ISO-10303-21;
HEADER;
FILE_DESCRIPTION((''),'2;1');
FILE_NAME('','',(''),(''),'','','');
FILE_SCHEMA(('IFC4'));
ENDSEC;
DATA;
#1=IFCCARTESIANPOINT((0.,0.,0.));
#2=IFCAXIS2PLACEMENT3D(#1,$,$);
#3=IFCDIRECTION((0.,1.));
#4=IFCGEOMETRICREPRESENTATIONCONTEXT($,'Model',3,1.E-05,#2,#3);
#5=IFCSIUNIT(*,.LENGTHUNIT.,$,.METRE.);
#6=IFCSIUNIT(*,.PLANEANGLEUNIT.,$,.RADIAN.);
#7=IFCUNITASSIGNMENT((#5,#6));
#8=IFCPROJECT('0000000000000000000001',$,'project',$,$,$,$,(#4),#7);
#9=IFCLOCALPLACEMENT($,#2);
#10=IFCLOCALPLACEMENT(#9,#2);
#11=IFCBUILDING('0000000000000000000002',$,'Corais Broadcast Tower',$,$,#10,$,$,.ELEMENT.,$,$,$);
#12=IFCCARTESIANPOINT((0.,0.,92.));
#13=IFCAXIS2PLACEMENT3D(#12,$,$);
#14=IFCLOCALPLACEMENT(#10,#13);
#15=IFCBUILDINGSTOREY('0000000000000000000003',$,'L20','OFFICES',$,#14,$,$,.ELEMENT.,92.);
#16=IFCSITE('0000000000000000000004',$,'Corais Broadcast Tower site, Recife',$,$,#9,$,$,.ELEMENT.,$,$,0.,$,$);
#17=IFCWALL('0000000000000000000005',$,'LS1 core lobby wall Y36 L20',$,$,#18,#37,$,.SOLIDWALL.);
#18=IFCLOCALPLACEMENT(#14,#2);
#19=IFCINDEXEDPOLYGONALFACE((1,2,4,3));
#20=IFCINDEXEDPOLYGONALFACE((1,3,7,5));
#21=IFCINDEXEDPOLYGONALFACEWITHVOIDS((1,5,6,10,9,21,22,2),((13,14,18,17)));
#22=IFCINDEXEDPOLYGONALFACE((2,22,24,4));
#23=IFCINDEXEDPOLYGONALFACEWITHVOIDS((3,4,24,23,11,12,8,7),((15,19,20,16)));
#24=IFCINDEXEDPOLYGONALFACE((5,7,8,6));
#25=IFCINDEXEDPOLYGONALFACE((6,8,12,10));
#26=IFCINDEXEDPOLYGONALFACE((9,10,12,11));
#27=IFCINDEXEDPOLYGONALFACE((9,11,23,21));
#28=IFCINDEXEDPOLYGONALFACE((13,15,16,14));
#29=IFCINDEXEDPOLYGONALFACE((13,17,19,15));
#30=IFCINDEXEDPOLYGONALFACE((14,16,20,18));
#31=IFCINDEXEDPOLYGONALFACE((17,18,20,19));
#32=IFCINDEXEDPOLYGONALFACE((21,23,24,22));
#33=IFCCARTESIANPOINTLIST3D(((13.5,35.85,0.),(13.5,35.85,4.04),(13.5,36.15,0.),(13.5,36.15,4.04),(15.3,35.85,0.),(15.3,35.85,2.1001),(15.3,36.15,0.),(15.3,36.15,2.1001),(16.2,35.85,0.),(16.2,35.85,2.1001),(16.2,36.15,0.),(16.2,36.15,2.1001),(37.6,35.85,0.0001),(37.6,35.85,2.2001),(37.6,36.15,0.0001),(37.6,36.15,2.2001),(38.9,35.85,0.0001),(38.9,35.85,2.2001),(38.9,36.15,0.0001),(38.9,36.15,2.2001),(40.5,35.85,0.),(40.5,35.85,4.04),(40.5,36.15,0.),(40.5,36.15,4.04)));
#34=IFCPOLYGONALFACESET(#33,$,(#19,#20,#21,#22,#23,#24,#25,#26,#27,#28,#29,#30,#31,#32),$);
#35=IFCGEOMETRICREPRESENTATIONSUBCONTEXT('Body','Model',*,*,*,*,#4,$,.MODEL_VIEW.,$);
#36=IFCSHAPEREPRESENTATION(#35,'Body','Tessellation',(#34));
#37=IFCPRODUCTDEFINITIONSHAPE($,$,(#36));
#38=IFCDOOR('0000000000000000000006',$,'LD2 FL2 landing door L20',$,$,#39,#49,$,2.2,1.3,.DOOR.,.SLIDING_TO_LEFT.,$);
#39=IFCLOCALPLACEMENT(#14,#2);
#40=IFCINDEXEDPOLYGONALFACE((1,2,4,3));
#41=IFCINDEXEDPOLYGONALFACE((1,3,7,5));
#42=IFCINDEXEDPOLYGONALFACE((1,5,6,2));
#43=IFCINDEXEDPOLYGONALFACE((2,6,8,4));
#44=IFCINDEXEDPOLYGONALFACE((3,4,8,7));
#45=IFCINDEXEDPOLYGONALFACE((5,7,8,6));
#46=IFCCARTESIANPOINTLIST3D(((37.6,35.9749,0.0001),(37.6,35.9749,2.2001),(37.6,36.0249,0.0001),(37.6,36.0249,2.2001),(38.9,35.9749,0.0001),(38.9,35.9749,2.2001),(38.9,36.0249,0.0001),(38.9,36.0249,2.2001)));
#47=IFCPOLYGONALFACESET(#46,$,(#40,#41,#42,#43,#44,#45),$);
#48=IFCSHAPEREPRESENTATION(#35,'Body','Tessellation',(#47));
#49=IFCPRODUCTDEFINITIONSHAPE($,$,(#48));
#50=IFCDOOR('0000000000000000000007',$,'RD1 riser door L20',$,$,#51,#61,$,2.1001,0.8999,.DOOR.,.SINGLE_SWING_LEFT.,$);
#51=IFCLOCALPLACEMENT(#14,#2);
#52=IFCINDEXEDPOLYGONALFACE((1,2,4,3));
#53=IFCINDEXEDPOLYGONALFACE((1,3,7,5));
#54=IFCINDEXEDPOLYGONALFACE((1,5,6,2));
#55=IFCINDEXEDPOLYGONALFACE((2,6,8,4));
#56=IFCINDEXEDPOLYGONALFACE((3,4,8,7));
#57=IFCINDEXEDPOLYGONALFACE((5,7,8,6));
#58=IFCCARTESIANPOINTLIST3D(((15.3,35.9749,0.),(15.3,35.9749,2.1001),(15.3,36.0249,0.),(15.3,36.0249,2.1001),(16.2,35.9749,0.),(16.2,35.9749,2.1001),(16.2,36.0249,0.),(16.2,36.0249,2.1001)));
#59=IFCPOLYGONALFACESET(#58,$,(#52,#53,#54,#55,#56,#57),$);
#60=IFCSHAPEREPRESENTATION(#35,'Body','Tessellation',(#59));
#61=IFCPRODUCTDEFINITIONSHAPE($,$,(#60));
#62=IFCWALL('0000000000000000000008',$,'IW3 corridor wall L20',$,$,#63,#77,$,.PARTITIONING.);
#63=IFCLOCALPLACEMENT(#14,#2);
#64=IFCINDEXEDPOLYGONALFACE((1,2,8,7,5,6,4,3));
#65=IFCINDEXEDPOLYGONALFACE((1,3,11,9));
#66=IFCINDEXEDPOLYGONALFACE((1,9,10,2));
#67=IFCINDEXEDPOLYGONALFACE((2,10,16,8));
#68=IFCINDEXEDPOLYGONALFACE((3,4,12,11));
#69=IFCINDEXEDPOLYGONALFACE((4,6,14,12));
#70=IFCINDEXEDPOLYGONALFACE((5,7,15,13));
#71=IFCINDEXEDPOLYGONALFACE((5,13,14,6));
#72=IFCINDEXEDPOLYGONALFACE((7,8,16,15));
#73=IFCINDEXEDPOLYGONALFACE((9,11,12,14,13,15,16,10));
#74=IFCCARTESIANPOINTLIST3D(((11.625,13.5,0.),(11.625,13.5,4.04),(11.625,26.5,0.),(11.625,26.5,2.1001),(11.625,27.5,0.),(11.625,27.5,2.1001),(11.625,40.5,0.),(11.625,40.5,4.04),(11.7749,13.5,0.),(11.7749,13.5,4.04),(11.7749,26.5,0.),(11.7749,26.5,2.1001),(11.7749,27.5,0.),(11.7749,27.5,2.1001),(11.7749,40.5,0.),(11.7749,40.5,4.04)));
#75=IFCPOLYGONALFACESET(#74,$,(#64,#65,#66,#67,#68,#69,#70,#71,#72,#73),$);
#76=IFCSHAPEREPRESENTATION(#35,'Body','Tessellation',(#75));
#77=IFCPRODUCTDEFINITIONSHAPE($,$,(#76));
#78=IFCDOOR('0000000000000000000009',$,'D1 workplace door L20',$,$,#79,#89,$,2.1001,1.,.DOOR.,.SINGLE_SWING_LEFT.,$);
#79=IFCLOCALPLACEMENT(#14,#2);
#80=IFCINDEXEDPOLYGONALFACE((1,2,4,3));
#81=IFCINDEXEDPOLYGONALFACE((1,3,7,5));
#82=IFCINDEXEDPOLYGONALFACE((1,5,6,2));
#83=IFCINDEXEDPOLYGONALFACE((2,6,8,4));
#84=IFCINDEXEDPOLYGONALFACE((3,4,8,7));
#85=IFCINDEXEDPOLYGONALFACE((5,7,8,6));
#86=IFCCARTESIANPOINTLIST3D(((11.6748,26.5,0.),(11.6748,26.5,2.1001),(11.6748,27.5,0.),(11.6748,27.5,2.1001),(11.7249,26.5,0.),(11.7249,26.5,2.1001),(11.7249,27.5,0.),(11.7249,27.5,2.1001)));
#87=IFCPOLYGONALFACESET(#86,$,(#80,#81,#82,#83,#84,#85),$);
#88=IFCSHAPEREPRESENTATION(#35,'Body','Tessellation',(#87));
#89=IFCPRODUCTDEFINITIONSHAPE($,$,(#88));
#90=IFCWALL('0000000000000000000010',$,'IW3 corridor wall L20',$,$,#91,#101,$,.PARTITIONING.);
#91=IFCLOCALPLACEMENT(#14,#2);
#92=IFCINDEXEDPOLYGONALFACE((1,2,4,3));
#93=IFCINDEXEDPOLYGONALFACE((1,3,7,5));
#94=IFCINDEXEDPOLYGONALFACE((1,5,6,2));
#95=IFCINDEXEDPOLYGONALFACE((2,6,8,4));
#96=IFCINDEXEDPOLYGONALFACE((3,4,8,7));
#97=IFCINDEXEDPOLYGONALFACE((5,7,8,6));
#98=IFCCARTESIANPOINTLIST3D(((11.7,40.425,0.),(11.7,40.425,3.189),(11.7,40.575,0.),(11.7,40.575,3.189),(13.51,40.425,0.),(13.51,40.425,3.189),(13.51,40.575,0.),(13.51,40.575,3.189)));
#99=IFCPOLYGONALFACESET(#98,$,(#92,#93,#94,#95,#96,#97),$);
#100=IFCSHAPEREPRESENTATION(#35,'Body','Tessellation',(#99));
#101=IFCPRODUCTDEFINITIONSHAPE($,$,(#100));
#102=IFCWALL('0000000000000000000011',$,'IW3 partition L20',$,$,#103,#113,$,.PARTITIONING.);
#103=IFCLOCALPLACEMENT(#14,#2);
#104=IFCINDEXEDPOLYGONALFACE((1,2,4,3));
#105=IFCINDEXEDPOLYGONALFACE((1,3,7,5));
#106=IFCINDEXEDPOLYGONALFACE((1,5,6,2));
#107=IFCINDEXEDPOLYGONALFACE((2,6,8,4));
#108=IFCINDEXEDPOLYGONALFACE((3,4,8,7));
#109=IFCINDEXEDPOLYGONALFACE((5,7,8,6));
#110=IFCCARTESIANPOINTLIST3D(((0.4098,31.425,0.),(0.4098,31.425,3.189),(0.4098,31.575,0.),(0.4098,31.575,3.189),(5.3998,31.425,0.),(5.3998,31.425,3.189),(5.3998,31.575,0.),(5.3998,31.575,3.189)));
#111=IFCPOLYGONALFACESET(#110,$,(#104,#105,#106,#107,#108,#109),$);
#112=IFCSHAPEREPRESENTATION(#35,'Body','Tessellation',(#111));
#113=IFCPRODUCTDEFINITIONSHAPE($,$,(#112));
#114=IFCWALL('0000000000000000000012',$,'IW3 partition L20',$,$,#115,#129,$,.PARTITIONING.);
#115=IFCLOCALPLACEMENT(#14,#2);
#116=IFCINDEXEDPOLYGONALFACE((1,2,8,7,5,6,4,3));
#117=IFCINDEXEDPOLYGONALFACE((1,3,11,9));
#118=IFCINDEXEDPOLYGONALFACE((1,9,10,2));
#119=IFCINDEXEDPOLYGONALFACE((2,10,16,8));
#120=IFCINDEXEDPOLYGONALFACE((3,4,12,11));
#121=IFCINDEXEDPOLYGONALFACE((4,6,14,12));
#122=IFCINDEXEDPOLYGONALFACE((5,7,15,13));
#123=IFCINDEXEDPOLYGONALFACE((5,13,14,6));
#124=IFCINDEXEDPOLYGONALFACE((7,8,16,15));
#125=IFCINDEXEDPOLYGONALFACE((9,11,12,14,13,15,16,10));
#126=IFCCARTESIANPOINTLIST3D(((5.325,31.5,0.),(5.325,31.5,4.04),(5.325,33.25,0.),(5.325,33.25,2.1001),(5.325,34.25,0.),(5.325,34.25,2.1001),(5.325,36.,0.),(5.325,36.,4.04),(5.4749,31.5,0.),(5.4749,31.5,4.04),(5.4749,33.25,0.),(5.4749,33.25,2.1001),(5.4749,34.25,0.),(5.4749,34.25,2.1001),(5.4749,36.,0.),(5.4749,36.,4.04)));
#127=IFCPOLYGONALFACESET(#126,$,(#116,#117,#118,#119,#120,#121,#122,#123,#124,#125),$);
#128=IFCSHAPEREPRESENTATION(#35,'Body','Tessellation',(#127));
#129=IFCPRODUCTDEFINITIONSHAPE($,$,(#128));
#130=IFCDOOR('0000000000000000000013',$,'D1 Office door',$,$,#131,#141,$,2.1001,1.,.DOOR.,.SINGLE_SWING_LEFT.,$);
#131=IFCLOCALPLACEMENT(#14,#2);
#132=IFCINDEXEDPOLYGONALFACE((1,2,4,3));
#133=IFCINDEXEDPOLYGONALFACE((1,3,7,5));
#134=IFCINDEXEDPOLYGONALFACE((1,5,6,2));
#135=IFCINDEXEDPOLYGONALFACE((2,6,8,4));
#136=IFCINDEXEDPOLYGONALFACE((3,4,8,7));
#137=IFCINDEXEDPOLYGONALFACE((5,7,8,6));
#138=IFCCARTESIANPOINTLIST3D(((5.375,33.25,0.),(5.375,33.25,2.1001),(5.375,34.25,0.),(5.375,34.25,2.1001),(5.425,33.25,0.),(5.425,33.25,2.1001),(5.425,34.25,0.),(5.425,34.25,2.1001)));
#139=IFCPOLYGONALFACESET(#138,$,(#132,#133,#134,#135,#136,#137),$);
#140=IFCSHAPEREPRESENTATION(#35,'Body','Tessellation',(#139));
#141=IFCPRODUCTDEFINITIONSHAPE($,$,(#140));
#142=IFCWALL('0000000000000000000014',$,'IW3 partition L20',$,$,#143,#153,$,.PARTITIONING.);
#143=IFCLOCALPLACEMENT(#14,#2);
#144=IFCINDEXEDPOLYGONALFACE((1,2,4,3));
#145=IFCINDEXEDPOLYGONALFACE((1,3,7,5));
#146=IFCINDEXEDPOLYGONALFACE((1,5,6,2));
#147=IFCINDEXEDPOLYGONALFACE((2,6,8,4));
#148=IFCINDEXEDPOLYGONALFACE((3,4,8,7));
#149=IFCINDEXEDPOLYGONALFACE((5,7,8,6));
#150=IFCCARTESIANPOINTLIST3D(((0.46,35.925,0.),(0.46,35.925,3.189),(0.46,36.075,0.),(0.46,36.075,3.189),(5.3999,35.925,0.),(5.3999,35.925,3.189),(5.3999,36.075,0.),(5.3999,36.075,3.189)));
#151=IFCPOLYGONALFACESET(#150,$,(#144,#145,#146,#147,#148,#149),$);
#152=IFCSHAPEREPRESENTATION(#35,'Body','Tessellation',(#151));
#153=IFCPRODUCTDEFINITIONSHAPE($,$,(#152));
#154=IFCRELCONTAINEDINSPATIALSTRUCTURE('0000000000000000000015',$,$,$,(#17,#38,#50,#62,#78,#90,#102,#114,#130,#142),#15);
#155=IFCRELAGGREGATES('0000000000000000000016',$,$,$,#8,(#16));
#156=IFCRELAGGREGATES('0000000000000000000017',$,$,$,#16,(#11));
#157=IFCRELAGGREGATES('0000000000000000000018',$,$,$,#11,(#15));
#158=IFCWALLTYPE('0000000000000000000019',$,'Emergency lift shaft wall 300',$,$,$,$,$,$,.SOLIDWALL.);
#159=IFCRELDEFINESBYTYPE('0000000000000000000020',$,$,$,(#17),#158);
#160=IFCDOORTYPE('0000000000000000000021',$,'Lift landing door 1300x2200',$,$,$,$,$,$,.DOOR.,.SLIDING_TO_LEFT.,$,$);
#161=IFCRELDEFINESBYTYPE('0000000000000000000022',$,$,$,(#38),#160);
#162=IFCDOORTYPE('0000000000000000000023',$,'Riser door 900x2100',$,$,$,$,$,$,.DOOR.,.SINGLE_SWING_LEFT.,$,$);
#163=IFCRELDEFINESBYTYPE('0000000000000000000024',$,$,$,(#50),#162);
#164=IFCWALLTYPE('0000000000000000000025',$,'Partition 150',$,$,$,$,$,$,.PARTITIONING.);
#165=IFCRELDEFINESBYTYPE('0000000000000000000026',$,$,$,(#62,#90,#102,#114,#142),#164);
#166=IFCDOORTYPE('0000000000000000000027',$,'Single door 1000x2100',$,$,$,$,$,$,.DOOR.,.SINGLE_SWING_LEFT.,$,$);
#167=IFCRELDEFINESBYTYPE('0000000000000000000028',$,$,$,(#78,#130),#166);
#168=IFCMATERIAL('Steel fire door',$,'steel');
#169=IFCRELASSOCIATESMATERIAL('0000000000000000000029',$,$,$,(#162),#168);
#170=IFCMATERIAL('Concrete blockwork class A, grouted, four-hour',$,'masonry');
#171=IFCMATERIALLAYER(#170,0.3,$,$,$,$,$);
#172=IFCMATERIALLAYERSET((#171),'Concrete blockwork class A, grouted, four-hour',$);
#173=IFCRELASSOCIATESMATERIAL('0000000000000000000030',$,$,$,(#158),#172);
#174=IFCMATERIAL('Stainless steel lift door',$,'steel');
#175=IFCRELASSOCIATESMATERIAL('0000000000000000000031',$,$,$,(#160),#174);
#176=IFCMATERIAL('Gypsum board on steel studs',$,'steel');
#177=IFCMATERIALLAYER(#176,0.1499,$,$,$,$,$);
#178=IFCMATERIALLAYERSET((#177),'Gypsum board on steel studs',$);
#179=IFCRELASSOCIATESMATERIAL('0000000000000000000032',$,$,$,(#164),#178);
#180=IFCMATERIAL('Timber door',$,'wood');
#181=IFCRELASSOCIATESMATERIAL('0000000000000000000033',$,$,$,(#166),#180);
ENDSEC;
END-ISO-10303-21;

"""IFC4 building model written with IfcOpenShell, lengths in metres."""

from ifc_helpers import new_model, si_unit, direction, frame, frame_2d, origin, place, context, subcontext, project, spatial, rectangle, extrude, material, layer, layer_set, type_object, element, fill, save


model = new_model("IFC4")

# Units and contexts
model_context = context("Model", 3, precision=1e-05, world=origin(), true_north=direction((0.0, 1.0)))
body_context = subcontext(model_context, "Body", "Model", "MODEL_VIEW")
ifc_project = project(units=[si_unit("LENGTHUNIT", "METRE"), si_unit("PLANEANGLEUNIT", "RADIAN")], contexts=[model_context])

# Site, building, storey
site_placement = place(None, origin())
site = spatial("IfcSite", under=ifc_project, at=site_placement, Name="Corais Broadcast Tower site, Recife", CompositionType="ELEMENT", RefElevation=0.0)
building_placement = place(site_placement, origin())
building = spatial("IfcBuilding", under=site, at=building_placement, Name="Corais Broadcast Tower", CompositionType="ELEMENT")
storey_placement = place(building_placement, frame((0.0, 0.0, 92.0)))
storey = spatial("IfcBuildingStorey", under=building, at=storey_placement, Name="L20", Description="OFFICES", CompositionType="ELEMENT", Elevation=92.0)

# Wall, openings, doors
ifc_material_1 = material(Name="Steel fire door", Category="steel")
door_type_1 = type_object("IfcDoorType", Name="Riser door 900x2100", OperationType="SINGLE_SWING_LEFT", PredefinedType="DOOR", material=ifc_material_1)
ifc_material_2 = material(Name="Concrete blockwork class A, grouted, four-hour", Category="masonry")
ifc_layer_1 = layer(ifc_material_2, 0.3)
ifc_layer_set_1 = layer_set([ifc_layer_1], Name="Concrete blockwork class A, grouted, four-hour")
wall_type_1 = type_object("IfcWallType", Name="Emergency lift shaft wall 300", PredefinedType="SOLIDWALL", material=ifc_layer_set_1)
wall_1_placement = place(storey_placement, frame((13.5, 36.0, 0.0), z_axis=(0.0, 0.0, 1.0), x_axis=(1.0, 0.0, 0.0)))
wall_1 = element("IfcWall", 1, at=wall_1_placement, inside=storey, type_object=wall_type_1, Name="LS1 core lobby wall Y36 L20", PredefinedType="SOLIDWALL", context=body_context, shape_type="SweptSolid", body=[
    extrude(rectangle(XDim=27.0, YDim=0.3, at=frame_2d((13.5, 0.0))), origin(), (0.0, 0.0, 1.0), 4.04),
])
opening_1_placement = place(wall_1_placement, frame((1.8, 0.0, 0.0)))
opening_1 = element("IfcOpeningElement", 2, at=opening_1_placement, cuts=wall_1, PredefinedType="OPENING", context=body_context, shape_type="SweptSolid", body=[
    extrude(rectangle(XDim=0.8999, YDim=2.1001, at=frame_2d((0.45, 1.05))), frame((0.0, 0.1599, 0.0), z_axis=(0.0, -1.0, 0.0), x_axis=(1.0, 0.0, 0.0)), (0.0, 0.0, 1.0), 0.3201),
])
opening_2_placement = place(wall_1_placement, frame((24.1001, 0.0, 0.0)))
opening_2 = element("IfcOpeningElement", 3, at=opening_2_placement, cuts=wall_1, PredefinedType="OPENING", context=body_context, shape_type="SweptSolid", body=[
    extrude(rectangle(XDim=1.3, YDim=2.2, at=frame_2d((0.6499, 1.1001))), frame((0.0, 0.1599, 0.0), z_axis=(0.0, -1.0, 0.0), x_axis=(1.0, 0.0, 0.0)), (0.0, 0.0, 1.0), 0.3201),
])
ifc_material_3 = material(Name="Stainless steel lift door", Category="steel")
door_type_2 = type_object("IfcDoorType", Name="Lift landing door 1300x2200", OperationType="SLIDING_TO_LEFT", PredefinedType="DOOR", material=ifc_material_3)
door_1_placement = place(opening_2_placement, origin())
door_1 = element("IfcDoor", 4, at=door_1_placement, inside=storey, type_object=door_type_2, Name="LD2 FL2 landing door L20", OperationType="SLIDING_TO_LEFT", OverallHeight=2.2, OverallWidth=1.3, PredefinedType="DOOR", context=body_context, shape_type="SweptSolid", body=[
    extrude(rectangle(XDim=1.3, YDim=2.2, at=frame_2d((0.6499, 1.1001))), frame((0.0, 0.0249, 0.0), z_axis=(0.0, -1.0, 0.0), x_axis=(1.0, 0.0, 0.0)), (0.0, 0.0, 1.0), 0.05),
])
fill(opening_2, door_1)
door_2_placement = place(opening_1_placement, origin())
door_2 = element("IfcDoor", 5, at=door_2_placement, inside=storey, type_object=door_type_1, Name="RD1 riser door L20", OperationType="SINGLE_SWING_LEFT", OverallHeight=2.1001, OverallWidth=0.8999, PredefinedType="DOOR", context=body_context, shape_type="SweptSolid", body=[
    extrude(rectangle(XDim=0.8999, YDim=2.1001, at=frame_2d((0.45, 1.05))), frame((0.0, 0.0249, 0.0), z_axis=(0.0, -1.0, 0.0), x_axis=(1.0, 0.0, 0.0)), (0.0, 0.0, 1.0), 0.05),
])
fill(opening_1, door_2)

# Wall, opening, door
ifc_material_4 = material(Name="Gypsum board on steel studs", Category="steel")
ifc_layer_2 = layer(ifc_material_4, 0.1499)
ifc_layer_set_2 = layer_set([ifc_layer_2], Name="Gypsum board on steel studs")
wall_type_2 = type_object("IfcWallType", Name="Partition 150", PredefinedType="PARTITIONING", material=ifc_layer_set_2)
wall_2_placement = place(storey_placement, frame((11.7, 40.5, 0.0), z_axis=(0.0, 0.0, 1.0), x_axis=(0.0, -1.0, 0.0)))
wall_2 = element("IfcWall", 6, at=wall_2_placement, inside=storey, type_object=wall_type_2, Name="IW3 corridor wall L20", PredefinedType="PARTITIONING", context=body_context, shape_type="SweptSolid", body=[
    extrude(rectangle(XDim=27.0, YDim=0.1499, at=frame_2d((13.5, 0.0))), origin(), (0.0, 0.0, 1.0), 4.04),
])
opening_3_placement = place(wall_2_placement, frame((13.0, 0.0, 0.0)))
opening_3 = element("IfcOpeningElement", 7, at=opening_3_placement, cuts=wall_2, PredefinedType="OPENING", context=body_context, shape_type="SweptSolid", body=[
    extrude(rectangle(XDim=1.0, YDim=2.1001, at=frame_2d((0.5, 1.05))), frame((0.0, 0.085, 0.0), z_axis=(0.0, -1.0, 0.0), x_axis=(1.0, 0.0, 0.0)), (0.0, 0.0, 1.0), 0.1699),
])
ifc_material_5 = material(Name="Timber door", Category="wood")
door_type_3 = type_object("IfcDoorType", Name="Single door 1000x2100", OperationType="SINGLE_SWING_LEFT", PredefinedType="DOOR", material=ifc_material_5)
door_3_placement = place(opening_3_placement, origin())
door_3 = element("IfcDoor", 8, at=door_3_placement, inside=storey, type_object=door_type_3, Name="D1 workplace door L20", OperationType="SINGLE_SWING_LEFT", OverallHeight=2.1001, OverallWidth=1.0, PredefinedType="DOOR", context=body_context, shape_type="SweptSolid", body=[
    extrude(rectangle(XDim=1.0, YDim=2.1001, at=frame_2d((0.5, 1.05))), frame((0.0, 0.0249, 0.0), z_axis=(0.0, -1.0, 0.0), x_axis=(1.0, 0.0, 0.0)), (0.0, 0.0, 1.0), 0.05),
])
fill(opening_3, door_3)

# Walls
wall_3_placement = place(storey_placement, frame((13.51, 40.5, 0.0), z_axis=(0.0, 0.0, 1.0), x_axis=(-1.0, 0.0, 0.0)))
element("IfcWall", 9, at=wall_3_placement, inside=storey, type_object=wall_type_2, Name="IW3 corridor wall L20", PredefinedType="PARTITIONING", context=body_context, shape_type="SweptSolid", body=[
    extrude(rectangle(XDim=1.8101, YDim=0.1499, at=frame_2d((0.905, 0.0))), origin(), (0.0, 0.0, 1.0), 3.189),
])
wall_4_placement = place(storey_placement, frame((5.3999, 31.5, 0.0), z_axis=(0.0, 0.0, 1.0), x_axis=(-1.0, 0.0, 0.0)))
element("IfcWall", 10, at=wall_4_placement, inside=storey, type_object=wall_type_2, Name="IW3 partition L20", PredefinedType="PARTITIONING", context=body_context, shape_type="SweptSolid", body=[
    extrude(rectangle(XDim=4.99, YDim=0.1499, at=frame_2d((2.4951, 0.0))), origin(), (0.0, 0.0, 1.0), 3.189),
])

# Wall, opening, door
wall_5_placement = place(storey_placement, frame((5.3999, 31.5, 0.0), z_axis=(0.0, 0.0, 1.0), x_axis=(0.0, 1.0, 0.0)))
wall_5 = element("IfcWall", 11, at=wall_5_placement, inside=storey, type_object=wall_type_2, Name="IW3 partition L20", PredefinedType="PARTITIONING", context=body_context, shape_type="SweptSolid", body=[
    extrude(rectangle(XDim=4.5, YDim=0.1499, at=frame_2d((2.25, 0.0))), origin(), (0.0, 0.0, 1.0), 4.04),
])
opening_4_placement = place(wall_5_placement, frame((1.75, 0.0, 0.0)))
opening_4 = element("IfcOpeningElement", 12, at=opening_4_placement, cuts=wall_5, PredefinedType="OPENING", context=body_context, shape_type="SweptSolid", body=[
    extrude(rectangle(XDim=1.0, YDim=2.1001, at=frame_2d((0.5, 1.05))), frame((0.0, 0.085, 0.0), z_axis=(0.0, -1.0, 0.0), x_axis=(1.0, 0.0, 0.0)), (0.0, 0.0, 1.0), 0.1699),
])
door_4_placement = place(opening_4_placement, origin())
door_4 = element("IfcDoor", 13, at=door_4_placement, inside=storey, type_object=door_type_3, Name="D1 Office door", OperationType="SINGLE_SWING_LEFT", OverallHeight=2.1001, OverallWidth=1.0, PredefinedType="DOOR", context=body_context, shape_type="SweptSolid", body=[
    extrude(rectangle(XDim=1.0, YDim=2.1001, at=frame_2d((0.5, 1.05))), frame((0.0, 0.0249, 0.0), z_axis=(0.0, -1.0, 0.0), x_axis=(1.0, 0.0, 0.0)), (0.0, 0.0, 1.0), 0.05),
])
fill(opening_4, door_4)

# Wall
wall_6_placement = place(storey_placement, frame((5.3999, 36.0, 0.0), z_axis=(0.0, 0.0, 1.0), x_axis=(-1.0, 0.0, 0.0)))
element("IfcWall", 14, at=wall_6_placement, inside=storey, type_object=wall_type_2, Name="IW3 partition L20", PredefinedType="PARTITIONING", context=body_context, shape_type="SweptSolid", body=[
    extrude(rectangle(XDim=4.9399, YDim=0.1499, at=frame_2d((2.47, 0.0))), origin(), (0.0, 0.0, 1.0), 3.189),
])

save(model, "model.ifc")
